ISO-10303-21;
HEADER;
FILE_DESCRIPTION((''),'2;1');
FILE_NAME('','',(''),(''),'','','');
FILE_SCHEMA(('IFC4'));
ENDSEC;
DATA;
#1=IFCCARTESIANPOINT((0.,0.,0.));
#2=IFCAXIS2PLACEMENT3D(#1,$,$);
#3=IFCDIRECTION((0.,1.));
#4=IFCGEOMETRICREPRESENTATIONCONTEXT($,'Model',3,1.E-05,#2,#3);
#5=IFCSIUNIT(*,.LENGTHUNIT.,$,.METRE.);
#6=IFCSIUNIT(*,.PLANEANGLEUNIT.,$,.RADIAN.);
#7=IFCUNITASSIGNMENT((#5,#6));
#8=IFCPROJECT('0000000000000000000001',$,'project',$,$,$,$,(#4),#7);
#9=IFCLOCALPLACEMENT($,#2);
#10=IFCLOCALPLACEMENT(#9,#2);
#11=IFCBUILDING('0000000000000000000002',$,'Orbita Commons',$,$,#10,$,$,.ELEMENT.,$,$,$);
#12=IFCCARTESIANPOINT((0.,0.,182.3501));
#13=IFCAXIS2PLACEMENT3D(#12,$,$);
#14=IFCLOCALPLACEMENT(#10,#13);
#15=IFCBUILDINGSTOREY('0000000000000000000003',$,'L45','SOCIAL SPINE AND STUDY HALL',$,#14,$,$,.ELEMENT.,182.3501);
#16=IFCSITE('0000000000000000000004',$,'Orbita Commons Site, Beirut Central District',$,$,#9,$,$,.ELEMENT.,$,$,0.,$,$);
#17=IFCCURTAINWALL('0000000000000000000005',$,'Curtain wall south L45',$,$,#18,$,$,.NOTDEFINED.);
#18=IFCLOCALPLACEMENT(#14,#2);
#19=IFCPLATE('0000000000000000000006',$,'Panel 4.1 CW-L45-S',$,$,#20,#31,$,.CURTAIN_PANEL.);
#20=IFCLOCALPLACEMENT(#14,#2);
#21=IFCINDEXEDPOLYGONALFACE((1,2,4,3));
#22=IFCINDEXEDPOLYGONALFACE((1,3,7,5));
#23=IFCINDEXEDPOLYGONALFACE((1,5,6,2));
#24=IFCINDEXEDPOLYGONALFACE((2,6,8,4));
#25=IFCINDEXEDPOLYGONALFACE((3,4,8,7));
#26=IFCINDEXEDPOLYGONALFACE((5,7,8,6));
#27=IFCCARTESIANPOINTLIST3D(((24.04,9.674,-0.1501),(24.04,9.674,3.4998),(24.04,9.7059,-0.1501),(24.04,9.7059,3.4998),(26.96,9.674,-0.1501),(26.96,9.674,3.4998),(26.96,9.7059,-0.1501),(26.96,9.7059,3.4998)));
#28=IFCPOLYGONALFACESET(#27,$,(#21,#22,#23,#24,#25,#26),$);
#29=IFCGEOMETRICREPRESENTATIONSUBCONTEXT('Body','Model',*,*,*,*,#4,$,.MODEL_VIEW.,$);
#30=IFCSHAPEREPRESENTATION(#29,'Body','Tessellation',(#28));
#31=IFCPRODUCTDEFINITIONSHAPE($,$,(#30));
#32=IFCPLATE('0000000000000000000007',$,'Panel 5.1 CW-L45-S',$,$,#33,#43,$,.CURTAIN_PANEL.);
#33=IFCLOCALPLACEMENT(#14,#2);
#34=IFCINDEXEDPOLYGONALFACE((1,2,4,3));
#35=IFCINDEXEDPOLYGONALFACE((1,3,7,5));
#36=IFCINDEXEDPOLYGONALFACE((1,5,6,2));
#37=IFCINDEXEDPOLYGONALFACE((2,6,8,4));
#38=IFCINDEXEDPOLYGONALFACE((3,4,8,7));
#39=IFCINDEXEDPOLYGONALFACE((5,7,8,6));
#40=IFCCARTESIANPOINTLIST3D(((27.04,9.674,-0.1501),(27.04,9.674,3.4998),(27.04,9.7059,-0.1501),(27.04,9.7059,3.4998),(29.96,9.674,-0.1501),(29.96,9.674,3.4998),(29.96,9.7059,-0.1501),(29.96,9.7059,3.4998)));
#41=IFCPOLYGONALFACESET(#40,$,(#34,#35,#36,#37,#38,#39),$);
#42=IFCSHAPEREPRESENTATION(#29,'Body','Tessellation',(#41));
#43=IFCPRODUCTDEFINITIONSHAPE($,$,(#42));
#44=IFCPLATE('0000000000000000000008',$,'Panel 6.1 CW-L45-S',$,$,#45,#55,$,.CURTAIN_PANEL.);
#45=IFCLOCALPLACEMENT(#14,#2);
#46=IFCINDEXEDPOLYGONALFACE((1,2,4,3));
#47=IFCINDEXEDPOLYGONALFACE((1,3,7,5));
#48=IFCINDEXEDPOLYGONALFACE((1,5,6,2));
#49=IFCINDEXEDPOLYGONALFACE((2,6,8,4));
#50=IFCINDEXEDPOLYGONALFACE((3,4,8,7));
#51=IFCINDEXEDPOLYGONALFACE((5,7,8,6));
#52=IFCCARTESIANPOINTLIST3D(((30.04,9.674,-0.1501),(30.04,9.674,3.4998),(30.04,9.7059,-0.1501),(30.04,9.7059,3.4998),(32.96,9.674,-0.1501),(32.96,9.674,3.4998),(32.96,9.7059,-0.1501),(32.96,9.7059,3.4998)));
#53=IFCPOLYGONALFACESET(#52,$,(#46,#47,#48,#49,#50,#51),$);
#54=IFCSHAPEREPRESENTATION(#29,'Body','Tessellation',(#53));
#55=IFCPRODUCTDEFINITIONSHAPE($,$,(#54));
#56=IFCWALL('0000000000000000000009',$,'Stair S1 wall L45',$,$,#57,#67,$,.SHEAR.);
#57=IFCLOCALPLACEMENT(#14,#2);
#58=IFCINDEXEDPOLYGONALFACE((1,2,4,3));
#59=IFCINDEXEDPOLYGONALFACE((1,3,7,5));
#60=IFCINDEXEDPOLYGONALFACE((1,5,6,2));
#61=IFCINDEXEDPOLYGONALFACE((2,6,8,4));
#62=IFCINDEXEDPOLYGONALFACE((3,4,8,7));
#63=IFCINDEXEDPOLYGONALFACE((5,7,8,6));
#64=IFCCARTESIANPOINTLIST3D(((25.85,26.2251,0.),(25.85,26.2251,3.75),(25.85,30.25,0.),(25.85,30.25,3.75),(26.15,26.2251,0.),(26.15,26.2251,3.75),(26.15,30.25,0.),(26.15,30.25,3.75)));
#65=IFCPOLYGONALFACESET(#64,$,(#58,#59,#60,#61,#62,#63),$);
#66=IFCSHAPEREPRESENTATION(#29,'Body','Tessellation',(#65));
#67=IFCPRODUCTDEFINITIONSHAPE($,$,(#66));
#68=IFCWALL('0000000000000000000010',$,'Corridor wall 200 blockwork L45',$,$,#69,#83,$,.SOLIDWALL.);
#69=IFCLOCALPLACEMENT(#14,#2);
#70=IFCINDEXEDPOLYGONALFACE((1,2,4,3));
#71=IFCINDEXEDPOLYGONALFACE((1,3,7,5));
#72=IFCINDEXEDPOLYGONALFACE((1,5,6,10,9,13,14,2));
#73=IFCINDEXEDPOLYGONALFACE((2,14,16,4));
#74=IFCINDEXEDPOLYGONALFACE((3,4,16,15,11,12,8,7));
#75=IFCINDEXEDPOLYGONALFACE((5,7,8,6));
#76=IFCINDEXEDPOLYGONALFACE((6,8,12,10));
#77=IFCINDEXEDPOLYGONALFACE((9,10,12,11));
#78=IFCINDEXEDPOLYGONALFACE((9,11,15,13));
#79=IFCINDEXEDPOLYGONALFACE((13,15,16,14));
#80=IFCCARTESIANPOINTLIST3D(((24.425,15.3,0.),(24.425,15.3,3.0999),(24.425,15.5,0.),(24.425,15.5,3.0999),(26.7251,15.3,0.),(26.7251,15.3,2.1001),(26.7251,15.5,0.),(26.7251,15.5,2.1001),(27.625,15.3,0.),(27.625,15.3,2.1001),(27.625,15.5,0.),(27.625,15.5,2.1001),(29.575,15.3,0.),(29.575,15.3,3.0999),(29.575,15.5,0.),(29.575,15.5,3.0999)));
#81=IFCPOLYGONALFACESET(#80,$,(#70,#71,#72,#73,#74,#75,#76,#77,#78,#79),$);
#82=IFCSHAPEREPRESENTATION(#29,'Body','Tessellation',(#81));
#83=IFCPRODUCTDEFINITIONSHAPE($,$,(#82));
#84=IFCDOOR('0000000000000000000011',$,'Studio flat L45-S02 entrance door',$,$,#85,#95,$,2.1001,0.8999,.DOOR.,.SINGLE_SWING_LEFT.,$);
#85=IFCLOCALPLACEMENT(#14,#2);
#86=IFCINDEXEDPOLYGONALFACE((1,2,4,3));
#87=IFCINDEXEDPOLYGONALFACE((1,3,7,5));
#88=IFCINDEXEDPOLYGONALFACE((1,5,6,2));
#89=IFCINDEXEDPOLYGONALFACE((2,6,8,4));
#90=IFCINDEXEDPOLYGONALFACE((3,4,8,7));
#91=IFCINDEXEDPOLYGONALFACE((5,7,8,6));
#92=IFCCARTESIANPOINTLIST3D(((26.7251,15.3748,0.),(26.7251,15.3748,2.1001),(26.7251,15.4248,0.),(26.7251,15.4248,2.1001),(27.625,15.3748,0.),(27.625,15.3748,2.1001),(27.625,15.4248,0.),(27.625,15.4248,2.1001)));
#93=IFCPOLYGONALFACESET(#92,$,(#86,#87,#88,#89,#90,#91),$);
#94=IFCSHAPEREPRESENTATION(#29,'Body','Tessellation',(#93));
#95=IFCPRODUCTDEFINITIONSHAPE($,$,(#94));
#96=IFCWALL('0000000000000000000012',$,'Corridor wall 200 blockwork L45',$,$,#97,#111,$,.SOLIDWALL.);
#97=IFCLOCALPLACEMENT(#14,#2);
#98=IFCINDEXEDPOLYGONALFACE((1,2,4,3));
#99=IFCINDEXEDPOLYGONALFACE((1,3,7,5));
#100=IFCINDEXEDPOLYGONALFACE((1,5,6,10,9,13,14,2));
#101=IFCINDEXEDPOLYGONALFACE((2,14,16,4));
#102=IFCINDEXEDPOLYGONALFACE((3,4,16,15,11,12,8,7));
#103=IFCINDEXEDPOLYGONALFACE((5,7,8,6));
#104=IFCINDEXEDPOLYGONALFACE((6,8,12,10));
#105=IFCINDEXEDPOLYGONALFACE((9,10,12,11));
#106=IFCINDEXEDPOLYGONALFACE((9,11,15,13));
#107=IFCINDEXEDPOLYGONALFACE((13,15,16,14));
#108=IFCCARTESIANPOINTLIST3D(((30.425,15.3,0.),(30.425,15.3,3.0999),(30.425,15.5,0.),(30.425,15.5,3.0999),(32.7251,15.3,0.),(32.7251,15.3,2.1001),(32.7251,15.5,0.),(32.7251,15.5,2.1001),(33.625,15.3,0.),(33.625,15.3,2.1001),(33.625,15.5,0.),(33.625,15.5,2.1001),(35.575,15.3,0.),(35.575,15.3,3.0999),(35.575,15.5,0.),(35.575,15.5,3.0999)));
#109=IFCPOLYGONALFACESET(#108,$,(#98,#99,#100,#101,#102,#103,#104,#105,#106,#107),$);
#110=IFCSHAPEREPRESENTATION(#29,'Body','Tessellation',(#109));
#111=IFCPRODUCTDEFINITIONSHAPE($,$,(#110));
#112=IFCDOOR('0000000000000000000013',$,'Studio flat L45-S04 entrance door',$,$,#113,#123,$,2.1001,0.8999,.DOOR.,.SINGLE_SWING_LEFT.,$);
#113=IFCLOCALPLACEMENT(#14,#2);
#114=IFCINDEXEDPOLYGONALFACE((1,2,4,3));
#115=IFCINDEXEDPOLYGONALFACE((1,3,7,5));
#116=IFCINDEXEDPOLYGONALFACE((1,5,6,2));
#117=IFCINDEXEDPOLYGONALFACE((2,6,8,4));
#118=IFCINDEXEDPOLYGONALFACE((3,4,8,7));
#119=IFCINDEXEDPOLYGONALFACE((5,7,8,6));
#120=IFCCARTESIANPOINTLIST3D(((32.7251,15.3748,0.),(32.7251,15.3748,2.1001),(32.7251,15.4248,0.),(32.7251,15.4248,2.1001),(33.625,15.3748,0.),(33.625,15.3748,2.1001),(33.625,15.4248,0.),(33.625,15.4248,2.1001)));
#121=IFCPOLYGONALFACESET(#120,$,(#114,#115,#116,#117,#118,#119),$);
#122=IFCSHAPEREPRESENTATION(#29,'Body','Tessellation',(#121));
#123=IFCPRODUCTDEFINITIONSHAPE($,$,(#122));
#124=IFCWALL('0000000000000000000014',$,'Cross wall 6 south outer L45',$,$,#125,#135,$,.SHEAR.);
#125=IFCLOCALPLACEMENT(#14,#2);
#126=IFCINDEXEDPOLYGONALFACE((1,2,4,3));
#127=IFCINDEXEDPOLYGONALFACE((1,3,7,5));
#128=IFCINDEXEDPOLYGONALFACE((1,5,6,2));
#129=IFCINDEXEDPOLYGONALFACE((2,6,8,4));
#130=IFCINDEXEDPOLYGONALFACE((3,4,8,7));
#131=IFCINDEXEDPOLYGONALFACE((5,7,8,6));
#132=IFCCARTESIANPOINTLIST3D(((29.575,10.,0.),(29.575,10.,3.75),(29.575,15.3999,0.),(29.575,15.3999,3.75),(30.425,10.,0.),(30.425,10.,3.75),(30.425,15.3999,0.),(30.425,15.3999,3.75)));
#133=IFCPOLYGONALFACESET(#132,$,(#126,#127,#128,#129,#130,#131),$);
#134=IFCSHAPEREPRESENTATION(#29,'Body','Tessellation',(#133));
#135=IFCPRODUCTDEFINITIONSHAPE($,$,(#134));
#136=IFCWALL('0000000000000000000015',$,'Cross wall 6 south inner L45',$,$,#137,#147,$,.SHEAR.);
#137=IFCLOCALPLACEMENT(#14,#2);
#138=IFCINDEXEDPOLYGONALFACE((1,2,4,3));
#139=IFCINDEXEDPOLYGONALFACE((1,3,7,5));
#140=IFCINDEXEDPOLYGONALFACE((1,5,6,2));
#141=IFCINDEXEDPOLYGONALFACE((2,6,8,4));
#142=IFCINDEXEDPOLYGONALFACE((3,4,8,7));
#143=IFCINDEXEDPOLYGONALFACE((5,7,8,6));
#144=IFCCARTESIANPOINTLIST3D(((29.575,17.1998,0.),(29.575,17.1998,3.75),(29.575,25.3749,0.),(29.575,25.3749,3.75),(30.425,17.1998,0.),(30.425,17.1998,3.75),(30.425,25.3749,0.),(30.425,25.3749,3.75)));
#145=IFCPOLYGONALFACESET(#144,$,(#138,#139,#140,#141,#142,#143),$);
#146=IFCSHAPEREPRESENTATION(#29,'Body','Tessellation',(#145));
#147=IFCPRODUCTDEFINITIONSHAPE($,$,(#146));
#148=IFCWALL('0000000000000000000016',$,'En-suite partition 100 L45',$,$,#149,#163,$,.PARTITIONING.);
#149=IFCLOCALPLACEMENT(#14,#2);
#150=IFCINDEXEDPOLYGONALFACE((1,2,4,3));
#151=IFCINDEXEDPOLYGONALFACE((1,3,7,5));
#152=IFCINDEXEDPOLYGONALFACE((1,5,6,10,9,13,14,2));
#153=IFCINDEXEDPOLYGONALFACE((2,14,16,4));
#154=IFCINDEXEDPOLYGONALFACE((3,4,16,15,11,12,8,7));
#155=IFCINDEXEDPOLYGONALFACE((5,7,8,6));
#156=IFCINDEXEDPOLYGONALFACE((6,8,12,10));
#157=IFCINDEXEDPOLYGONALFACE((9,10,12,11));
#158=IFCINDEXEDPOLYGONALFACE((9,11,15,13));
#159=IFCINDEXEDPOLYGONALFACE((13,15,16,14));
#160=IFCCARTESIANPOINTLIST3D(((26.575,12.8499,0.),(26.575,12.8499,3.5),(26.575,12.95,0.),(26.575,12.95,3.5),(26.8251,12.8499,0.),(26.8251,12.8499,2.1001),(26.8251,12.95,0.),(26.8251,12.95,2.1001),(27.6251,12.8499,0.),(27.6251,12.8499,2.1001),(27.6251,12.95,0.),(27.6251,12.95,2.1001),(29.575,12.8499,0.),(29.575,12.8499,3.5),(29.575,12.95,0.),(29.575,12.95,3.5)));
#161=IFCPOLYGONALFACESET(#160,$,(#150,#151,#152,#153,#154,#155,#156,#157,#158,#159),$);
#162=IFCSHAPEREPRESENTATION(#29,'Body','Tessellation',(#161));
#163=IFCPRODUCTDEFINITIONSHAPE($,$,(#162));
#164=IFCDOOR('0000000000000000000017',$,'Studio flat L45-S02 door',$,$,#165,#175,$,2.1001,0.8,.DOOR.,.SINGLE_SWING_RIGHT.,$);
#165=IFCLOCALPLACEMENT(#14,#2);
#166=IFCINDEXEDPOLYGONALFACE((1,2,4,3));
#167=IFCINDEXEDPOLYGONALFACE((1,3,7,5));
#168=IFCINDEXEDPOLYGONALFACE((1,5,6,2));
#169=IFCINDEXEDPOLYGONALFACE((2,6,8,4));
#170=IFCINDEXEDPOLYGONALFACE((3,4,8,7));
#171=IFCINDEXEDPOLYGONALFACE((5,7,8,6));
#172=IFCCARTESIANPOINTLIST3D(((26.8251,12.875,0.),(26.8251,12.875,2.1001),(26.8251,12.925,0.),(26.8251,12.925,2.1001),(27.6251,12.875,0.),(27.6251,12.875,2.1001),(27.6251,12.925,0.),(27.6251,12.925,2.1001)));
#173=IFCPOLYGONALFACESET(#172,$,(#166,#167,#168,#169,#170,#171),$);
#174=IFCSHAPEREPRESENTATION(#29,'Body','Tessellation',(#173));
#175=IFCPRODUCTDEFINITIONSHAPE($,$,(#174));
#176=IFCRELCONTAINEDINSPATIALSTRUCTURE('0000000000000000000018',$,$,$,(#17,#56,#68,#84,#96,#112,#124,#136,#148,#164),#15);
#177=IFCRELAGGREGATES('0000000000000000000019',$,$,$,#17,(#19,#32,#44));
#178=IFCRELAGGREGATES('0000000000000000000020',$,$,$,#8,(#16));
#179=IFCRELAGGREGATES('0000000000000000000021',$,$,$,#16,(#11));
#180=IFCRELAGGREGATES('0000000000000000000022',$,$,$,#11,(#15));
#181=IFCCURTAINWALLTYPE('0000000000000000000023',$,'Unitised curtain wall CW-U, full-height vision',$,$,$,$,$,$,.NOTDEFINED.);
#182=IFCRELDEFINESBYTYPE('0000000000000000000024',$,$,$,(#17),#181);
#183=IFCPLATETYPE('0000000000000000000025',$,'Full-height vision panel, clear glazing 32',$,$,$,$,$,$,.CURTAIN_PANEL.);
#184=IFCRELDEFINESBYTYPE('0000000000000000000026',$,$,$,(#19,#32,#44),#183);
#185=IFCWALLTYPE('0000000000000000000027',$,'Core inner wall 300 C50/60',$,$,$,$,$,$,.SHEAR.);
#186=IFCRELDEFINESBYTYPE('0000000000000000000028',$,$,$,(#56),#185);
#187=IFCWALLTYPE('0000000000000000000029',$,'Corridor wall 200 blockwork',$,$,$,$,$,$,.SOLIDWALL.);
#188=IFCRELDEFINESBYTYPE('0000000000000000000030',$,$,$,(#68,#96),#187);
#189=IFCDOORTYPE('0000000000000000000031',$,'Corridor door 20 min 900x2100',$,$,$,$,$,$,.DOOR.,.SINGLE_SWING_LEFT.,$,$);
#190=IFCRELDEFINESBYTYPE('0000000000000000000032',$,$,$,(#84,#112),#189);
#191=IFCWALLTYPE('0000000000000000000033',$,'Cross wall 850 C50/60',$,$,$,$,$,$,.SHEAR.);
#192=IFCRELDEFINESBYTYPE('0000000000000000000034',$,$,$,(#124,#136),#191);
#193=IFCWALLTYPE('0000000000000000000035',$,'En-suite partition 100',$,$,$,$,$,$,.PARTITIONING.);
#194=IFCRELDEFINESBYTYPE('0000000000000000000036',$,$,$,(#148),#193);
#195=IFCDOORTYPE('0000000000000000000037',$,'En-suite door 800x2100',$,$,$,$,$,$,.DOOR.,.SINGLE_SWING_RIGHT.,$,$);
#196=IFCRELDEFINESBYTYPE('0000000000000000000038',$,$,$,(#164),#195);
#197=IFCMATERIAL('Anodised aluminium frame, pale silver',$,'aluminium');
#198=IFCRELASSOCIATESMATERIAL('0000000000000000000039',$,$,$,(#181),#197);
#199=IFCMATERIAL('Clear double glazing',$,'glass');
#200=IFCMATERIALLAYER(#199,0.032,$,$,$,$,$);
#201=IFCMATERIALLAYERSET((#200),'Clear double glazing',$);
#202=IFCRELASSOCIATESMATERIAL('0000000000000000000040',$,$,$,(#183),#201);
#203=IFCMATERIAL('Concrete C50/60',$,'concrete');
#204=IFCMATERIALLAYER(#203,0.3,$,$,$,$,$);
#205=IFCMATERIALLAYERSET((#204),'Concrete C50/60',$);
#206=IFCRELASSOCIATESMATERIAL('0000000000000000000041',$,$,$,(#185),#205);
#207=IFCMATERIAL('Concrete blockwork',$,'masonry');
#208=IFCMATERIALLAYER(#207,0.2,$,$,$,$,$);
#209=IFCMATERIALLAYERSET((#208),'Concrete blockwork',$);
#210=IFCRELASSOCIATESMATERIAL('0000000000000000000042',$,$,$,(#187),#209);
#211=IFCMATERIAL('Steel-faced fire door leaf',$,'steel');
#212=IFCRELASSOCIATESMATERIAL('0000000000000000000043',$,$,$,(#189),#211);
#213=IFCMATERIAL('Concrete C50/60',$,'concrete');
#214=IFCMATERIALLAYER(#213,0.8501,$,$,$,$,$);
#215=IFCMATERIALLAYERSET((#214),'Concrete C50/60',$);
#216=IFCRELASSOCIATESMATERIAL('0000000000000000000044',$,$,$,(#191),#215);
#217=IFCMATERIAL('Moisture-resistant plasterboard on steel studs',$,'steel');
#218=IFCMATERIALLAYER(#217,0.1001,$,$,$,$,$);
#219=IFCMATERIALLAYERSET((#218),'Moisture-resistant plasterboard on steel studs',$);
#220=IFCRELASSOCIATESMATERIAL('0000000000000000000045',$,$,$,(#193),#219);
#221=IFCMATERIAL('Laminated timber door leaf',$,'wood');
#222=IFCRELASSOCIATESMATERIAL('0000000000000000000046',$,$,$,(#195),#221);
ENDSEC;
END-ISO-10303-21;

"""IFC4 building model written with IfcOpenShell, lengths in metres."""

from ifc_helpers import new_model, si_unit, direction, frame, frame_2d, origin, origin_2d, place, context, subcontext, project, spatial, polyline, rectangle, outline, extrude, material, layer, layer_set, type_object, element, fill, aggregate, save


model = new_model("IFC4")

# Units and contexts
model_context = context("Model", 3, precision=1e-05, world=origin(), true_north=direction((0.0, 1.0)))
body_context = subcontext(model_context, "Body", "Model", "MODEL_VIEW")
ifc_project = project(units=[si_unit("LENGTHUNIT", "METRE"), si_unit("PLANEANGLEUNIT", "RADIAN")], contexts=[model_context])

# Site, building, storey
site_placement = place(None, origin())
site = spatial("IfcSite", under=ifc_project, at=site_placement, Name="Orbita Commons Site, Beirut Central District", CompositionType="ELEMENT", RefElevation=0.0)
building_placement = place(site_placement, origin())
building = spatial("IfcBuilding", under=site, at=building_placement, Name="Orbita Commons", CompositionType="ELEMENT")
storey_placement = place(building_placement, frame((0.0, 0.0, 182.3501)))
storey = spatial("IfcBuildingStorey", under=building, at=storey_placement, Name="L45", Description="SOCIAL SPINE AND STUDY HALL", CompositionType="ELEMENT", Elevation=182.3501)

# Curtain wall
ifc_material_1 = material(Name="Anodised aluminium frame, pale silver", Category="aluminium")
curtain_wall_type = type_object("IfcCurtainWallType", Name="Unitised curtain wall CW-U, full-height vision", PredefinedType="NOTDEFINED", material=ifc_material_1)
curtain_wall_placement = place(storey_placement, origin())
curtain_wall = element("IfcCurtainWall", 1, at=curtain_wall_placement, inside=storey, type_object=curtain_wall_type, Name="Curtain wall south L45", PredefinedType="NOTDEFINED")

# Plates
ifc_material_2 = material(Name="Clear double glazing", Category="glass")
ifc_layer_1 = layer(ifc_material_2, 0.032)
ifc_layer_set_1 = layer_set([ifc_layer_1], Name="Clear double glazing")
plate_type = type_object("IfcPlateType", Name="Full-height vision panel, clear glazing 32", PredefinedType="CURTAIN_PANEL", material=ifc_layer_set_1)
plate_1_placement = place(storey_placement, frame((25.5, 9.6899, -0.1501), z_axis=(0.0, 0.0, 1.0), x_axis=(1.0, 0.0, 0.0)))
plate_1 = element("IfcPlate", 2, at=plate_1_placement, type_object=plate_type, Name="Panel 4.1 CW-L45-S", PredefinedType="CURTAIN_PANEL", context=body_context, shape_type="SweptSolid", body=[
    extrude(rectangle(XDim=2.9199, YDim=0.032, at=origin_2d()), origin(), (0.0, 0.0, 1.0), 3.6499),
])
plate_2_placement = place(storey_placement, frame((28.5, 9.6899, -0.1501), z_axis=(0.0, 0.0, 1.0), x_axis=(1.0, 0.0, 0.0)))
plate_2 = element("IfcPlate", 3, at=plate_2_placement, type_object=plate_type, Name="Panel 5.1 CW-L45-S", PredefinedType="CURTAIN_PANEL", context=body_context, shape_type="SweptSolid", body=[
    extrude(rectangle(XDim=2.9199, YDim=0.032, at=origin_2d()), origin(), (0.0, 0.0, 1.0), 3.6499),
])
plate_3_placement = place(storey_placement, frame((31.5, 9.6899, -0.1501), z_axis=(0.0, 0.0, 1.0), x_axis=(1.0, 0.0, 0.0)))
plate_3 = element("IfcPlate", 4, at=plate_3_placement, type_object=plate_type, Name="Panel 6.1 CW-L45-S", PredefinedType="CURTAIN_PANEL", context=body_context, shape_type="SweptSolid", body=[
    extrude(rectangle(XDim=2.9199, YDim=0.032, at=origin_2d()), origin(), (0.0, 0.0, 1.0), 3.6499),
])
aggregate(curtain_wall, [plate_1, plate_2, plate_3])

# Wall
ifc_material_3 = material(Name="Concrete C50/60", Category="concrete")
ifc_layer_2 = layer(ifc_material_3, 0.3)
ifc_layer_set_2 = layer_set([ifc_layer_2], Name="Concrete C50/60")
wall_type_1 = type_object("IfcWallType", Name="Core inner wall 300 C50/60", PredefinedType="SHEAR", material=ifc_layer_set_2)
wall_1_placement = place(storey_placement, frame((26.0, 26.2251, 0.0), z_axis=(0.0, 0.0, 1.0), x_axis=(0.0, 1.0, 0.0)))
element("IfcWall", 5, at=wall_1_placement, inside=storey, type_object=wall_type_1, Name="Stair S1 wall L45", PredefinedType="SHEAR", context=body_context, shape_type="SweptSolid", body=[
    extrude(rectangle(XDim=4.0249, YDim=0.3, at=frame_2d((2.0125, 0.0))), origin(), (0.0, 0.0, 1.0), 3.75),
])

# Walls, openings, doors
ifc_material_4 = material(Name="Concrete blockwork", Category="masonry")
ifc_layer_3 = layer(ifc_material_4, 0.2)
ifc_layer_set_3 = layer_set([ifc_layer_3], Name="Concrete blockwork")
wall_type_2 = type_object("IfcWallType", Name="Corridor wall 200 blockwork", PredefinedType="SOLIDWALL", material=ifc_layer_set_3)
wall_2_placement = place(storey_placement, frame((24.425, 15.3999, 0.0), z_axis=(0.0, 0.0, 1.0), x_axis=(1.0, 0.0, 0.0)))
wall_2 = element("IfcWall", 6, at=wall_2_placement, inside=storey, type_object=wall_type_2, Name="Corridor wall 200 blockwork L45", PredefinedType="SOLIDWALL", context=body_context, shape_type="SweptSolid", body=[
    extrude(outline(polyline([(0.0, 0.0), (5.1499, 0.0), (5.1499, 3.0999), (0.0, 3.0999), (0.0, 0.0)])), frame((0.0, 0.1001, 0.0), z_axis=(0.0, -1.0, 0.0), x_axis=(1.0, 0.0, 0.0)), (0.0, 0.0, 1.0), 0.2),
])
opening_1_placement = place(wall_2_placement, frame((2.3, 0.0, 0.0)))
opening_1 = element("IfcOpeningElement", 7, at=opening_1_placement, cuts=wall_2, PredefinedType="OPENING", context=body_context, shape_type="SweptSolid", body=[
    extrude(rectangle(XDim=0.8999, YDim=2.1001, at=frame_2d((0.45, 1.05))), frame((0.0, 0.1099, 0.0), z_axis=(0.0, -1.0, 0.0), x_axis=(1.0, 0.0, 0.0)), (0.0, 0.0, 1.0), 0.22),
])
ifc_material_5 = material(Name="Steel-faced fire door leaf", Category="steel")
door_type_1 = type_object("IfcDoorType", Name="Corridor door 20 min 900x2100", OperationType="SINGLE_SWING_LEFT", PredefinedType="DOOR", material=ifc_material_5)
door_1_placement = place(opening_1_placement, origin())
door_1 = element("IfcDoor", 8, at=door_1_placement, inside=storey, type_object=door_type_1, Name="Studio flat L45-S02 entrance door", OperationType="SINGLE_SWING_LEFT", OverallHeight=2.1001, OverallWidth=0.8999, PredefinedType="DOOR", context=body_context, shape_type="SweptSolid", body=[
    extrude(rectangle(XDim=0.8999, YDim=2.1001, at=frame_2d((0.45, 1.05))), frame((0.0, 0.0249, 0.0), z_axis=(0.0, -1.0, 0.0), x_axis=(1.0, 0.0, 0.0)), (0.0, 0.0, 1.0), 0.05),
])
fill(opening_1, door_1)
wall_3_placement = place(storey_placement, frame((30.425, 15.3999, 0.0), z_axis=(0.0, 0.0, 1.0), x_axis=(1.0, 0.0, 0.0)))
wall_3 = element("IfcWall", 9, at=wall_3_placement, inside=storey, type_object=wall_type_2, Name="Corridor wall 200 blockwork L45", PredefinedType="SOLIDWALL", context=body_context, shape_type="SweptSolid", body=[
    extrude(outline(polyline([(0.0, 0.0), (5.1499, 0.0), (5.1499, 3.0999), (0.0, 3.0999), (0.0, 0.0)])), frame((0.0, 0.1001, 0.0), z_axis=(0.0, -1.0, 0.0), x_axis=(1.0, 0.0, 0.0)), (0.0, 0.0, 1.0), 0.2),
])
opening_2_placement = place(wall_3_placement, frame((2.3, 0.0, 0.0)))
opening_2 = element("IfcOpeningElement", 10, at=opening_2_placement, cuts=wall_3, PredefinedType="OPENING", context=body_context, shape_type="SweptSolid", body=[
    extrude(rectangle(XDim=0.8999, YDim=2.1001, at=frame_2d((0.45, 1.05))), frame((0.0, 0.1099, 0.0), z_axis=(0.0, -1.0, 0.0), x_axis=(1.0, 0.0, 0.0)), (0.0, 0.0, 1.0), 0.22),
])
door_2_placement = place(opening_2_placement, origin())
door_2 = element("IfcDoor", 11, at=door_2_placement, inside=storey, type_object=door_type_1, Name="Studio flat L45-S04 entrance door", OperationType="SINGLE_SWING_LEFT", OverallHeight=2.1001, OverallWidth=0.8999, PredefinedType="DOOR", context=body_context, shape_type="SweptSolid", body=[
    extrude(rectangle(XDim=0.8999, YDim=2.1001, at=frame_2d((0.45, 1.05))), frame((0.0, 0.0249, 0.0), z_axis=(0.0, -1.0, 0.0), x_axis=(1.0, 0.0, 0.0)), (0.0, 0.0, 1.0), 0.05),
])
fill(opening_2, door_2)

# Walls
ifc_material_6 = material(Name="Concrete C50/60", Category="concrete")
ifc_layer_4 = layer(ifc_material_6, 0.8501)
ifc_layer_set_4 = layer_set([ifc_layer_4], Name="Concrete C50/60")
wall_type_3 = type_object("IfcWallType", Name="Cross wall 850 C50/60", PredefinedType="SHEAR", material=ifc_layer_set_4)
wall_4_placement = place(storey_placement, frame((30.0, 10.0, 0.0), z_axis=(0.0, 0.0, 1.0), x_axis=(0.0, 1.0, 0.0)))
element("IfcWall", 12, at=wall_4_placement, inside=storey, type_object=wall_type_3, Name="Cross wall 6 south outer L45", PredefinedType="SHEAR", context=body_context, shape_type="SweptSolid", body=[
    extrude(rectangle(XDim=5.3999, YDim=0.8501, at=frame_2d((2.7, 0.0))), origin(), (0.0, 0.0, 1.0), 3.75),
])
wall_5_placement = place(storey_placement, frame((30.0, 17.2, 0.0), z_axis=(0.0, 0.0, 1.0), x_axis=(0.0, 1.0, 0.0)))
element("IfcWall", 13, at=wall_5_placement, inside=storey, type_object=wall_type_3, Name="Cross wall 6 south inner L45", PredefinedType="SHEAR", context=body_context, shape_type="SweptSolid", body=[
    extrude(rectangle(XDim=8.175, YDim=0.8501, at=frame_2d((4.0874, 0.0))), origin(), (0.0, 0.0, 1.0), 3.75),
])

# Wall, opening, door
ifc_material_7 = material(Name="Moisture-resistant plasterboard on steel studs", Category="steel")
ifc_layer_5 = layer(ifc_material_7, 0.1001)
ifc_layer_set_5 = layer_set([ifc_layer_5], Name="Moisture-resistant plasterboard on steel studs")
wall_type_4 = type_object("IfcWallType", Name="En-suite partition 100", PredefinedType="PARTITIONING", material=ifc_layer_set_5)
wall_6_placement = place(storey_placement, frame((29.575, 12.8999, 0.0), z_axis=(0.0, 0.0, 1.0), x_axis=(-1.0, 0.0, 0.0)))
wall_6 = element("IfcWall", 14, at=wall_6_placement, inside=storey, type_object=wall_type_4, Name="En-suite partition 100 L45", PredefinedType="PARTITIONING", context=body_context, shape_type="SweptSolid", body=[
    extrude(rectangle(XDim=3.0, YDim=0.1001, at=frame_2d((1.5, 0.0))), origin(), (0.0, 0.0, 1.0), 3.5),
])
opening_3_placement = place(wall_6_placement, frame((1.95, 0.0, 0.0)))
opening_3 = element("IfcOpeningElement", 15, at=opening_3_placement, cuts=wall_6, PredefinedType="OPENING", context=body_context, shape_type="SweptSolid", body=[
    extrude(rectangle(XDim=0.8, YDim=2.1001, at=frame_2d((0.3999, 1.05))), frame((0.0, 0.0601, 0.0), z_axis=(0.0, -1.0, 0.0), x_axis=(1.0, 0.0, 0.0)), (0.0, 0.0, 1.0), 0.1201),
])
ifc_material_8 = material(Name="Laminated timber door leaf", Category="wood")
door_type_2 = type_object("IfcDoorType", Name="En-suite door 800x2100", OperationType="SINGLE_SWING_RIGHT", PredefinedType="DOOR", material=ifc_material_8)
door_3_placement = place(opening_3_placement, origin())
door_3 = element("IfcDoor", 16, at=door_3_placement, inside=storey, type_object=door_type_2, Name="Studio flat L45-S02 door", OperationType="SINGLE_SWING_RIGHT", OverallHeight=2.1001, OverallWidth=0.8, PredefinedType="DOOR", context=body_context, shape_type="SweptSolid", body=[
    extrude(rectangle(XDim=0.8, YDim=2.1001, at=frame_2d((0.3999, 1.05))), frame((0.0, 0.0249, 0.0), z_axis=(0.0, -1.0, 0.0), x_axis=(1.0, 0.0, 0.0)), (0.0, 0.0, 1.0), 0.05),
])
fill(opening_3, door_3)

save(model, "model.ifc")
